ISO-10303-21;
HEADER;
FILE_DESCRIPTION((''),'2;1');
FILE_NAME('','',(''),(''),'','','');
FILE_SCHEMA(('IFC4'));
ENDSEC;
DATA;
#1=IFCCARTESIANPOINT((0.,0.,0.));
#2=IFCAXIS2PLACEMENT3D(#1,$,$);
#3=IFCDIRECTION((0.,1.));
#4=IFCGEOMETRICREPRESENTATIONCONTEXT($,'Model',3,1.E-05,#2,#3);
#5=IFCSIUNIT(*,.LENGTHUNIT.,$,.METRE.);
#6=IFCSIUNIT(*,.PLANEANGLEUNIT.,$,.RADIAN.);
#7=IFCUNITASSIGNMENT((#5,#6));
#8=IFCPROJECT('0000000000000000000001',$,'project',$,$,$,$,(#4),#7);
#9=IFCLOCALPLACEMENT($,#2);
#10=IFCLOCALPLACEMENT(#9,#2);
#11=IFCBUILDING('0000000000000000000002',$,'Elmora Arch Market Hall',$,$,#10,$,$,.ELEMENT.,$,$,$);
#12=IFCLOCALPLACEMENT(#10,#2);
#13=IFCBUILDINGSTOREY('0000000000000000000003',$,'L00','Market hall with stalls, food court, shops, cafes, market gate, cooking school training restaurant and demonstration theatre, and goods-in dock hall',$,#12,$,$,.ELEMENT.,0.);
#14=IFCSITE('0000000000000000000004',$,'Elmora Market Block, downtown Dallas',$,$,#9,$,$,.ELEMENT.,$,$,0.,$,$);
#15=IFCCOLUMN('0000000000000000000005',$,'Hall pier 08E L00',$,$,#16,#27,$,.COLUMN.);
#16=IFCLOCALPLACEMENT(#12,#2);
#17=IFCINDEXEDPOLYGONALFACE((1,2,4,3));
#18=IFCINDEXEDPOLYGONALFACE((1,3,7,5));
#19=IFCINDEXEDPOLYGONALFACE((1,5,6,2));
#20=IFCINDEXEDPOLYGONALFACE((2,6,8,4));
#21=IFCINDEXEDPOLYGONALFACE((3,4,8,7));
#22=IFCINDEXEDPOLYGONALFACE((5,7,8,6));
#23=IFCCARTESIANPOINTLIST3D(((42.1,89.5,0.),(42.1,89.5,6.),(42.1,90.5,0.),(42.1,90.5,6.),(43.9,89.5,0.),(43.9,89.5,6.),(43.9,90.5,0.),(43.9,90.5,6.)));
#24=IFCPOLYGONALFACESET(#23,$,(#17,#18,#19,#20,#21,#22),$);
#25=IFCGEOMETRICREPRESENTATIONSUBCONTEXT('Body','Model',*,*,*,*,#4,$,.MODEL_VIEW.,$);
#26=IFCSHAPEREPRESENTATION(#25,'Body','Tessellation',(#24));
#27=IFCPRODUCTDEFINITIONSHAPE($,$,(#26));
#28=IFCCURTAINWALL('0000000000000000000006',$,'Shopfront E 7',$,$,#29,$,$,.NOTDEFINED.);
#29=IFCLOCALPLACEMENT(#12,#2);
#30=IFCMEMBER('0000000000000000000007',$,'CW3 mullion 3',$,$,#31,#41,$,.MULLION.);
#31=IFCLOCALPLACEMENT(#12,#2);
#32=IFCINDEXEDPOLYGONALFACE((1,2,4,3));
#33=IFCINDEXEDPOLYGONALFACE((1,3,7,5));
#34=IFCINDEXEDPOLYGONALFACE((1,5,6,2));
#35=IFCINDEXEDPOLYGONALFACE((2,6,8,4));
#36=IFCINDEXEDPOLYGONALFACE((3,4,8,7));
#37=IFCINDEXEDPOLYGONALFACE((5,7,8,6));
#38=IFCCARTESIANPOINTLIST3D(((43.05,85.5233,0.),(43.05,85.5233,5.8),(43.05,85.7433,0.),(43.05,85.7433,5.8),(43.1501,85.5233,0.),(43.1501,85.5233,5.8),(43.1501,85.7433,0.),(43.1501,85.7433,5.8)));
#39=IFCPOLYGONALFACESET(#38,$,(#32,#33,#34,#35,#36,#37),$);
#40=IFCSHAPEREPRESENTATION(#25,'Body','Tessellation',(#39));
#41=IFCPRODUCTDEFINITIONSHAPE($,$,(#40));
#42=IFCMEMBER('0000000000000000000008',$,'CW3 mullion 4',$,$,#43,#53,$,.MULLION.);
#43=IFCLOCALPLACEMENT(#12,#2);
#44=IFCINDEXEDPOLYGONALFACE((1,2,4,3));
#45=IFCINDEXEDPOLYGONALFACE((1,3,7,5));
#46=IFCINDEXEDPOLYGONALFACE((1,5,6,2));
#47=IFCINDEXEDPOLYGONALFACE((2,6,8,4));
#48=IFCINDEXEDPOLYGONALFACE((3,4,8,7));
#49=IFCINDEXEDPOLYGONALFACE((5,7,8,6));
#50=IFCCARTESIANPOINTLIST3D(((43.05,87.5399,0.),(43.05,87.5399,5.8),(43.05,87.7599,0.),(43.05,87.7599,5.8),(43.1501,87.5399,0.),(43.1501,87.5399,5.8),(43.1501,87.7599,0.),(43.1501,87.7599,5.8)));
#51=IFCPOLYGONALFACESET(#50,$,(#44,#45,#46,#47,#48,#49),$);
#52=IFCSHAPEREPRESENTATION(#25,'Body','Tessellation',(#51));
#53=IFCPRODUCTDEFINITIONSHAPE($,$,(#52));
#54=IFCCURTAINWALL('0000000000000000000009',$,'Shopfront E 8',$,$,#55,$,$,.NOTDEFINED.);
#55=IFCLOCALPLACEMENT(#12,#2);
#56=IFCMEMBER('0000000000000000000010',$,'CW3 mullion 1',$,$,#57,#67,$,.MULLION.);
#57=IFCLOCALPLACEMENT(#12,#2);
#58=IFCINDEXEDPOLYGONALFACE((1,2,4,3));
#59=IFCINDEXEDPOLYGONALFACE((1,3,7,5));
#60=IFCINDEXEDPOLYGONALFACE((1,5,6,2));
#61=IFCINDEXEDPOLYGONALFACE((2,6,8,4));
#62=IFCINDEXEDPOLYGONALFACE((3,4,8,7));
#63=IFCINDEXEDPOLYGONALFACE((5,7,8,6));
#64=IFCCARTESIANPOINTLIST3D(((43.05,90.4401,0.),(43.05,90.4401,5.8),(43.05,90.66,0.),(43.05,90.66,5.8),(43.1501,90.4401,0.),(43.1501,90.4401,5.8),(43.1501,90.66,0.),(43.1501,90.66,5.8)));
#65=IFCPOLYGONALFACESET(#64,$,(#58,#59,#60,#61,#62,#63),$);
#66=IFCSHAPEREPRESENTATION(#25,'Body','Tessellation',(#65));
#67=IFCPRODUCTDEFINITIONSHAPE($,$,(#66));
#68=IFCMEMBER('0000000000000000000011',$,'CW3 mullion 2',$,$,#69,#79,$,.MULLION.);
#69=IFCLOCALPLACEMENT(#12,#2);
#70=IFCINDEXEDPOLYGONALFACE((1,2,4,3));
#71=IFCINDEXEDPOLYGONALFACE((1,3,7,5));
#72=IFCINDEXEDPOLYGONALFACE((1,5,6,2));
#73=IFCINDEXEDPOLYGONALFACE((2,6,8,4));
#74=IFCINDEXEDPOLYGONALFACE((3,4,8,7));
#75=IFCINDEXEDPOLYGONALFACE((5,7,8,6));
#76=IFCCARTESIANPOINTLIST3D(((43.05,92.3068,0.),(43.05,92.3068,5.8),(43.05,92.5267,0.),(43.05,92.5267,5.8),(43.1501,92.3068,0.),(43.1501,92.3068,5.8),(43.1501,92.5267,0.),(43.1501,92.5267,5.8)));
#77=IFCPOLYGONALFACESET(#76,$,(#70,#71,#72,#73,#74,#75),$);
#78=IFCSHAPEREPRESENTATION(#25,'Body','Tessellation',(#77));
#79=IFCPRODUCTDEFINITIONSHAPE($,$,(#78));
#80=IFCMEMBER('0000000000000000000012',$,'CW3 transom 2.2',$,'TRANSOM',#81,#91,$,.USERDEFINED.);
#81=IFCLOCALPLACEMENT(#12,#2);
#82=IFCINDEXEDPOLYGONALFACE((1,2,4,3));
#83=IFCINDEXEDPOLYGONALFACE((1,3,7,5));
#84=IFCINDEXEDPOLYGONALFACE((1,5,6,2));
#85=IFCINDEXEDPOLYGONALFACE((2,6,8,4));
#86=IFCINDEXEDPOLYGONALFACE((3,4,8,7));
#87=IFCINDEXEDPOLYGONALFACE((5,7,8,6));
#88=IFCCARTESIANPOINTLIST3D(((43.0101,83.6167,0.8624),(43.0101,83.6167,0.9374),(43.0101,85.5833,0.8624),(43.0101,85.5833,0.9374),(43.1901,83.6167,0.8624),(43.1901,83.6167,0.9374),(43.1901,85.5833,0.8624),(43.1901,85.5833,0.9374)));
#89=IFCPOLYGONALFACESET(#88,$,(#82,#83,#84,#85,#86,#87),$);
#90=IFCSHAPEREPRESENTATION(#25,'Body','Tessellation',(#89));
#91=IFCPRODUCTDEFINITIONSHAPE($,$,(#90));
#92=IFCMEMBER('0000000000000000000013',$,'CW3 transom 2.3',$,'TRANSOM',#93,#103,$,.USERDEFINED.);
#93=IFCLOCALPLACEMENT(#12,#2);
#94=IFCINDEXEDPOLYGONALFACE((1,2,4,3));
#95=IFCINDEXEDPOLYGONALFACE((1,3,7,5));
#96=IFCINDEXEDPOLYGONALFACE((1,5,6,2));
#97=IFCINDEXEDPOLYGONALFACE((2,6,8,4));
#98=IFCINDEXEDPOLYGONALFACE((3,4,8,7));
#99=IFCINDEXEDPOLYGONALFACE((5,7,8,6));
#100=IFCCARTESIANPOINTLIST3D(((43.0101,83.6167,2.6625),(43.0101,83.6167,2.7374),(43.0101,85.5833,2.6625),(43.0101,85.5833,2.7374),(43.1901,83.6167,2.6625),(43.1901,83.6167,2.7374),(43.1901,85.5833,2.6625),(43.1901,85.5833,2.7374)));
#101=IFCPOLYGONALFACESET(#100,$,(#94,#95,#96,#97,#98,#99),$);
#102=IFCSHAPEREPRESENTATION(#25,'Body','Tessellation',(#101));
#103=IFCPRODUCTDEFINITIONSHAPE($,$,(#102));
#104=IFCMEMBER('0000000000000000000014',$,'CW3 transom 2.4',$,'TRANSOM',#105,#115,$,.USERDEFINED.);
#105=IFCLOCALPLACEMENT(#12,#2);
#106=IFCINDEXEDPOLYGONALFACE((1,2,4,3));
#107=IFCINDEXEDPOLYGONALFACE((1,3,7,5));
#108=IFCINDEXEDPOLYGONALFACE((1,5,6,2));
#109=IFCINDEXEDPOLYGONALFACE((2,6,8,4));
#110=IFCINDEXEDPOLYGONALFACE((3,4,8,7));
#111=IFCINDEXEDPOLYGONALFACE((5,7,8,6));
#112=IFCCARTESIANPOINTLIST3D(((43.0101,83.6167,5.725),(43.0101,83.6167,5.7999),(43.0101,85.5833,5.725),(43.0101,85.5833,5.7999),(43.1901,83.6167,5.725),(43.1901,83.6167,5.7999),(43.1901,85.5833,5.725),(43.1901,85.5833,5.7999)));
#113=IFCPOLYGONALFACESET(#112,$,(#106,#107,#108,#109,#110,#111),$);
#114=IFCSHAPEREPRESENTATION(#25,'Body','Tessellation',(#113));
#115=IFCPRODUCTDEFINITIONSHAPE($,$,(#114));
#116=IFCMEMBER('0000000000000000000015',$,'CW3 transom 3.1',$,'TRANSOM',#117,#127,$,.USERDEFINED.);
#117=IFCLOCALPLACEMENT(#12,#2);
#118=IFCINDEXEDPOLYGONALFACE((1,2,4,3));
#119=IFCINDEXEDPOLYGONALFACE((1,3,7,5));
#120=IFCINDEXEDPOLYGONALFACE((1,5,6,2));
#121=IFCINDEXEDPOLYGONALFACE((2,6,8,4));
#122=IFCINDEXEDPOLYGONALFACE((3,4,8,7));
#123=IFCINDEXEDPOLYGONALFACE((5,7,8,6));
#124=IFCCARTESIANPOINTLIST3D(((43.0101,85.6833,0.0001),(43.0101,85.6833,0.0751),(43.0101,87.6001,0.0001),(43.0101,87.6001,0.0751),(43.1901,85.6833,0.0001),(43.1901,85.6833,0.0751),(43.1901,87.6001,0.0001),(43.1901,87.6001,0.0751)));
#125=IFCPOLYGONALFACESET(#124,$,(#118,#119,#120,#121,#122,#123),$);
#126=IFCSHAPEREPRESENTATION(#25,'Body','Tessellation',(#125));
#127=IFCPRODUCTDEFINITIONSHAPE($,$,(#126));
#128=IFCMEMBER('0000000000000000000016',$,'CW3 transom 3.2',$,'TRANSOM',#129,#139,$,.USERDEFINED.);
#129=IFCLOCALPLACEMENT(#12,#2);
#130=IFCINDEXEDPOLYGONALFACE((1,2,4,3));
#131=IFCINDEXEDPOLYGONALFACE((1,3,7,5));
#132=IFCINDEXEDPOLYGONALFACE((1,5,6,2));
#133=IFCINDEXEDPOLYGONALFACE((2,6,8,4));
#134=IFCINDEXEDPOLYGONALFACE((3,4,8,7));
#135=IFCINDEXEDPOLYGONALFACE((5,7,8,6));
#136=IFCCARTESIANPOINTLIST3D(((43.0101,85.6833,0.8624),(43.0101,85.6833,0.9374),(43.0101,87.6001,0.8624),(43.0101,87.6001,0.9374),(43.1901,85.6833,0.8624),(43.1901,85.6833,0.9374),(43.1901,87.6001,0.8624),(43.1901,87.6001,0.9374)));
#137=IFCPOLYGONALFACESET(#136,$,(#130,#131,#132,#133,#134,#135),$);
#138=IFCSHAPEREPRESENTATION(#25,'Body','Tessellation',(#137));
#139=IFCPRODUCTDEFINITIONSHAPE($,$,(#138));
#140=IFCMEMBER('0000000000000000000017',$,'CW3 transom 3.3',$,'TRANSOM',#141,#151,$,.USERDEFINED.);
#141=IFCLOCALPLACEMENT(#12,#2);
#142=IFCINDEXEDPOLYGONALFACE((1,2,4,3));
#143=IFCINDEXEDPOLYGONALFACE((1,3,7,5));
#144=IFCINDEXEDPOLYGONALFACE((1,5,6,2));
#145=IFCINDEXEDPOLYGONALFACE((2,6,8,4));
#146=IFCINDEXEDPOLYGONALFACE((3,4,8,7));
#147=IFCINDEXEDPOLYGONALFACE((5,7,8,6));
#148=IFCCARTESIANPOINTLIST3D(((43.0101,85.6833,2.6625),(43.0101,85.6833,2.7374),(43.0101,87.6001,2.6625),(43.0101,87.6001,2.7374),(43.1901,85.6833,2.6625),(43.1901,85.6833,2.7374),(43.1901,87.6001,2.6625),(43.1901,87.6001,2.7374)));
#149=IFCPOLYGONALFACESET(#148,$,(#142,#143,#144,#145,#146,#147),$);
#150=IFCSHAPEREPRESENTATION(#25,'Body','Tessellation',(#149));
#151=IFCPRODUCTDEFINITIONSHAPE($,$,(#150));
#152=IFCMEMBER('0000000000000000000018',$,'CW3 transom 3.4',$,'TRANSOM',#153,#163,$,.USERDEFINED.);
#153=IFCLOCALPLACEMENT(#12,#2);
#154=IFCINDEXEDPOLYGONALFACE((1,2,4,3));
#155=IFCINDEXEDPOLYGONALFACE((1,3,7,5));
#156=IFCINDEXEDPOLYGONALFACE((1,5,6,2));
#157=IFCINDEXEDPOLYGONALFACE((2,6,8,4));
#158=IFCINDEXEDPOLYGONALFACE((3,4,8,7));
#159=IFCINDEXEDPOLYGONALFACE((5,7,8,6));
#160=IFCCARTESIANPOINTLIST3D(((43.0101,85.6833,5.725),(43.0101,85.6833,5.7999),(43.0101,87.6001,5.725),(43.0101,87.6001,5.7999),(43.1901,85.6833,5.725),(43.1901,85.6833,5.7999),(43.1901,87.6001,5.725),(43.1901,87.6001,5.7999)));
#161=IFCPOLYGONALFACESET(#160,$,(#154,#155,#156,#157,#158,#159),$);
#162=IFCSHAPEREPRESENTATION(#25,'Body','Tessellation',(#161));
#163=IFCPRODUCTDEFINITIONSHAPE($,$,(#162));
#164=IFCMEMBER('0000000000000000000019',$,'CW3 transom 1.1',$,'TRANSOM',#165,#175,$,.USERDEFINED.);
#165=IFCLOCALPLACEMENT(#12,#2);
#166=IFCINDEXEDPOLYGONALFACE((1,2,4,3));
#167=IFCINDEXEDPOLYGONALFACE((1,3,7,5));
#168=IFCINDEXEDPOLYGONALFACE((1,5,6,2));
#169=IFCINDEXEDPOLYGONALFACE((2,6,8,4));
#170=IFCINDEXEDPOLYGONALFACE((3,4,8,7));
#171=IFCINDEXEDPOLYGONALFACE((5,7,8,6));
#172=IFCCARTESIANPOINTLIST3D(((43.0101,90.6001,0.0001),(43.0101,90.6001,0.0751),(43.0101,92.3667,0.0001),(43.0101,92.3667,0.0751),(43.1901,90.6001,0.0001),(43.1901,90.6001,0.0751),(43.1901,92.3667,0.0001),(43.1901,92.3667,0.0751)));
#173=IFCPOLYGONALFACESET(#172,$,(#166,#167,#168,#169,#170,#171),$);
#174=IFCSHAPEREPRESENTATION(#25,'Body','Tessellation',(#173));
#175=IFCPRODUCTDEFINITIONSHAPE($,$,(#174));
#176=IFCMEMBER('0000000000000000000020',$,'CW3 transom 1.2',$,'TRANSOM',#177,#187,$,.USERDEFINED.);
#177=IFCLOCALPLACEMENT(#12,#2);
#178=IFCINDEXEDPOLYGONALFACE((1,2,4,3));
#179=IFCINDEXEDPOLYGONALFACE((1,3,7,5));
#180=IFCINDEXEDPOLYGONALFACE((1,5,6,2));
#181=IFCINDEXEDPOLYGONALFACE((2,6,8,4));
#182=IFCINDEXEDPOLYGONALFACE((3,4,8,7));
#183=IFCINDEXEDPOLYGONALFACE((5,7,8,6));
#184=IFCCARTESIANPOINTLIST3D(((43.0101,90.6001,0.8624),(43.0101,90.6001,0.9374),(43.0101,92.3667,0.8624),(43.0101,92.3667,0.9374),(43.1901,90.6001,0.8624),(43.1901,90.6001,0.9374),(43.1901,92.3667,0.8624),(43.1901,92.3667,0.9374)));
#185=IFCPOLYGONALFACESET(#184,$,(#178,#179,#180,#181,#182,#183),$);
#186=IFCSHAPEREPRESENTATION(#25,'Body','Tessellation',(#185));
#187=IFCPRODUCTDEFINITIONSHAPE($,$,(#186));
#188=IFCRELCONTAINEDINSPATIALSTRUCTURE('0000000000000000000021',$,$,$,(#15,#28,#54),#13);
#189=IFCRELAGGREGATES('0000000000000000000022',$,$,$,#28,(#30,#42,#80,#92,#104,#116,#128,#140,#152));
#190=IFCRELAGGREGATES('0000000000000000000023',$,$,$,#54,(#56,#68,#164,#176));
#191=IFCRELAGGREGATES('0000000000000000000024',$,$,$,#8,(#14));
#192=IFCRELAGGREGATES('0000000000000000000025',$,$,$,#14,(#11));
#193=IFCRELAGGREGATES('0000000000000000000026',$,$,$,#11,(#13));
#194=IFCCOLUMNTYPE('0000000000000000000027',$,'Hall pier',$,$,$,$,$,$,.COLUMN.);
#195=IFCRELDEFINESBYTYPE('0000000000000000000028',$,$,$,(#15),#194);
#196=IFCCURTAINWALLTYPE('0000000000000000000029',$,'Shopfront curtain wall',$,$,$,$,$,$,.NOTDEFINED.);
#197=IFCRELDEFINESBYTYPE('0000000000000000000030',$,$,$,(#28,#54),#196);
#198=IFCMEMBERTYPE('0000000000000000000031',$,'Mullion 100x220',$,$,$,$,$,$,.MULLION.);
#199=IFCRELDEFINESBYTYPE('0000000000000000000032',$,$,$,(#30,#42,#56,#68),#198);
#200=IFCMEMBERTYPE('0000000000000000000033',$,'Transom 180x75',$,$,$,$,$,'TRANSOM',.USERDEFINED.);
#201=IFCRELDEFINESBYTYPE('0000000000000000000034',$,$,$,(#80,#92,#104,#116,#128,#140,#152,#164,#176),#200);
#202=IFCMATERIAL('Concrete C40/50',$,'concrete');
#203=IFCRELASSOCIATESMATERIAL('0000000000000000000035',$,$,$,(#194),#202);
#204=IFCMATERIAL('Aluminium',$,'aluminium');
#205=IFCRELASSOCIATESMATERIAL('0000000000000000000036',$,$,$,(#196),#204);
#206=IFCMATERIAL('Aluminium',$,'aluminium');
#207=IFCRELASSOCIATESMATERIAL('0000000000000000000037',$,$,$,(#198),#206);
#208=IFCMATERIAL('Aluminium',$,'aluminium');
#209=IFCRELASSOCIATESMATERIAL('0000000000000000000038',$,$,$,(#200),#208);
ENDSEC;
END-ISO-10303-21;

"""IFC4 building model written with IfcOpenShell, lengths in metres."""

from ifc_helpers import new_model, si_unit, direction, frame, origin, origin_2d, place, context, subcontext, project, spatial, rectangle, extrude, material, material_profile, profile_set, type_object, element, aggregate, save


model = new_model("IFC4")

# Units and contexts
model_context = context("Model", 3, precision=1e-05, world=origin(), true_north=direction((0.0, 1.0)))
body_context = subcontext(model_context, "Body", "Model", "MODEL_VIEW")
ifc_project = project(units=[si_unit("LENGTHUNIT", "METRE"), si_unit("PLANEANGLEUNIT", "RADIAN")], contexts=[model_context])

# Site, building, storey
site_placement = place(None, origin())
site = spatial("IfcSite", under=ifc_project, at=site_placement, Name="Elmora Market Block, downtown Dallas", CompositionType="ELEMENT", RefElevation=0.0)
building_placement = place(site_placement, origin())
building = spatial("IfcBuilding", under=site, at=building_placement, Name="Elmora Arch Market Hall", CompositionType="ELEMENT")
storey_placement = place(building_placement, origin())
storey = spatial("IfcBuildingStorey", under=building, at=storey_placement, Name="L00", Description="Market hall with stalls, food court, shops, cafes, market gate, cooking school training restaurant and demonstration theatre, and goods-in dock hall", CompositionType="ELEMENT", Elevation=0.0)

# Column
ifc_material_1 = material(Name="Concrete C40/50", Category="concrete")
ifc_material_profile_1 = material_profile(ifc_material_1, rectangle(XDim=1.8, YDim=1.0, at=origin_2d()), Name="Hall pier")
ifc_profile_set_1 = profile_set([ifc_material_profile_1], Name="Concrete C40/50")
column_type = type_object("IfcColumnType", Name="Hall pier", PredefinedType="COLUMN", material=ifc_profile_set_1)
column_placement = place(storey_placement, frame((43.0, 90.0, 0.0), z_axis=(0.0, 0.0, 1.0), x_axis=(1.0, 0.0, 0.0)))
element("IfcColumn", 1, at=column_placement, inside=storey, type_object=column_type, Name="Hall pier 08E L00", PredefinedType="COLUMN", context=body_context, shape_type="SweptSolid", body=[
    extrude(rectangle(XDim=1.8, YDim=1.0, at=origin_2d()), origin(), (0.0, 0.0, 1.0), 6.0),
])

# Curtain walls, members
ifc_material_2 = material(Name="Aluminium", Category="aluminium")
curtain_wall_type = type_object("IfcCurtainWallType", Name="Shopfront curtain wall", PredefinedType="NOTDEFINED", material=ifc_material_2)
curtain_wall_1_placement = place(storey_placement, origin())
curtain_wall_1 = element("IfcCurtainWall", 2, at=curtain_wall_1_placement, inside=storey, type_object=curtain_wall_type, Name="Shopfront E 7", PredefinedType="NOTDEFINED")
ifc_material_3 = material(Name="Aluminium", Category="aluminium")
ifc_material_profile_2 = material_profile(ifc_material_3, rectangle(XDim=0.1001, YDim=0.22, at=origin_2d()), Name="AL 100x220")
ifc_profile_set_2 = profile_set([ifc_material_profile_2], Name="Aluminium")
member_type_1 = type_object("IfcMemberType", Name="Mullion 100x220", PredefinedType="MULLION", material=ifc_profile_set_2)
member_1_placement = place(storey_placement, frame((43.1001, 85.6333, 0.0), z_axis=(0.0, 0.0, 1.0), x_axis=(-1.0, 0.0, 0.0)))
member_1 = element("IfcMember", 3, at=member_1_placement, type_object=member_type_1, Name="CW3 mullion 3", PredefinedType="MULLION", context=body_context, shape_type="SweptSolid", body=[
    extrude(rectangle(XDim=0.1001, YDim=0.22, at=origin_2d()), origin(), (0.0, 0.0, 1.0), 5.8),
])
member_2_placement = place(storey_placement, frame((43.1001, 87.6499, 0.0), z_axis=(0.0, 0.0, 1.0), x_axis=(-1.0, 0.0, 0.0)))
member_2 = element("IfcMember", 4, at=member_2_placement, type_object=member_type_1, Name="CW3 mullion 4", PredefinedType="MULLION", context=body_context, shape_type="SweptSolid", body=[
    extrude(rectangle(XDim=0.1001, YDim=0.22, at=origin_2d()), origin(), (0.0, 0.0, 1.0), 5.8),
])
curtain_wall_2_placement = place(storey_placement, origin())
curtain_wall_2 = element("IfcCurtainWall", 5, at=curtain_wall_2_placement, inside=storey, type_object=curtain_wall_type, Name="Shopfront E 8", PredefinedType="NOTDEFINED")
member_3_placement = place(storey_placement, frame((43.1001, 90.55, 0.0), z_axis=(0.0, 0.0, 1.0), x_axis=(-1.0, 0.0, 0.0)))
member_3 = element("IfcMember", 6, at=member_3_placement, type_object=member_type_1, Name="CW3 mullion 1", PredefinedType="MULLION", context=body_context, shape_type="SweptSolid", body=[
    extrude(rectangle(XDim=0.1001, YDim=0.22, at=origin_2d()), origin(), (0.0, 0.0, 1.0), 5.8),
])
member_4_placement = place(storey_placement, frame((43.1001, 92.4167, 0.0), z_axis=(0.0, 0.0, 1.0), x_axis=(-1.0, 0.0, 0.0)))
member_4 = element("IfcMember", 7, at=member_4_placement, type_object=member_type_1, Name="CW3 mullion 2", PredefinedType="MULLION", context=body_context, shape_type="SweptSolid", body=[
    extrude(rectangle(XDim=0.1001, YDim=0.22, at=origin_2d()), origin(), (0.0, 0.0, 1.0), 5.8),
])

# Members
ifc_material_4 = material(Name="Aluminium", Category="aluminium")
ifc_material_profile_3 = material_profile(ifc_material_4, rectangle(XDim=0.1799, YDim=0.075, at=origin_2d()), Name="AL 180x75")
ifc_profile_set_3 = profile_set([ifc_material_profile_3], Name="Aluminium")
member_type_2 = type_object("IfcMemberType", Name="Transom 180x75", ElementType="TRANSOM", PredefinedType="USERDEFINED", material=ifc_profile_set_3)
member_5_placement = place(storey_placement, frame((43.1001, 83.6167, 0.8999), z_axis=(0.0, 1.0, 0.0), x_axis=(-1.0, 0.0, 0.0)))
member_5 = element("IfcMember", 8, at=member_5_placement, type_object=member_type_2, Name="CW3 transom 2.2", ObjectType="TRANSOM", PredefinedType="USERDEFINED", context=body_context, shape_type="SweptSolid", body=[
    extrude(rectangle(XDim=0.1799, YDim=0.075, at=origin_2d()), origin(), (0.0, 0.0, 1.0), 1.9666),
])
member_6_placement = place(storey_placement, frame((43.1001, 83.6167, 2.7), z_axis=(0.0, 1.0, 0.0), x_axis=(-1.0, 0.0, 0.0)))
member_6 = element("IfcMember", 9, at=member_6_placement, type_object=member_type_2, Name="CW3 transom 2.3", ObjectType="TRANSOM", PredefinedType="USERDEFINED", context=body_context, shape_type="SweptSolid", body=[
    extrude(rectangle(XDim=0.1799, YDim=0.075, at=origin_2d()), origin(), (0.0, 0.0, 1.0), 1.9666),
])
member_7_placement = place(storey_placement, frame((43.1001, 83.6167, 5.7625), z_axis=(0.0, 1.0, 0.0), x_axis=(-1.0, 0.0, 0.0)))
member_7 = element("IfcMember", 10, at=member_7_placement, type_object=member_type_2, Name="CW3 transom 2.4", ObjectType="TRANSOM", PredefinedType="USERDEFINED", context=body_context, shape_type="SweptSolid", body=[
    extrude(rectangle(XDim=0.1799, YDim=0.075, at=origin_2d()), origin(), (0.0, 0.0, 1.0), 1.9666),
])
member_8_placement = place(storey_placement, frame((43.1001, 85.6833, 0.0376), z_axis=(0.0, 1.0, 0.0), x_axis=(-1.0, 0.0, 0.0)))
member_8 = element("IfcMember", 11, at=member_8_placement, type_object=member_type_2, Name="CW3 transom 3.1", ObjectType="TRANSOM", PredefinedType="USERDEFINED", context=body_context, shape_type="SweptSolid", body=[
    extrude(rectangle(XDim=0.1799, YDim=0.075, at=origin_2d()), origin(), (0.0, 0.0, 1.0), 1.9167),
])
member_9_placement = place(storey_placement, frame((43.1001, 85.6833, 0.8999), z_axis=(0.0, 1.0, 0.0), x_axis=(-1.0, 0.0, 0.0)))
member_9 = element("IfcMember", 12, at=member_9_placement, type_object=member_type_2, Name="CW3 transom 3.2", ObjectType="TRANSOM", PredefinedType="USERDEFINED", context=body_context, shape_type="SweptSolid", body=[
    extrude(rectangle(XDim=0.1799, YDim=0.075, at=origin_2d()), origin(), (0.0, 0.0, 1.0), 1.9167),
])
member_10_placement = place(storey_placement, frame((43.1001, 85.6833, 2.7), z_axis=(0.0, 1.0, 0.0), x_axis=(-1.0, 0.0, 0.0)))
member_10 = element("IfcMember", 13, at=member_10_placement, type_object=member_type_2, Name="CW3 transom 3.3", ObjectType="TRANSOM", PredefinedType="USERDEFINED", context=body_context, shape_type="SweptSolid", body=[
    extrude(rectangle(XDim=0.1799, YDim=0.075, at=origin_2d()), origin(), (0.0, 0.0, 1.0), 1.9167),
])
member_11_placement = place(storey_placement, frame((43.1001, 85.6833, 5.7625), z_axis=(0.0, 1.0, 0.0), x_axis=(-1.0, 0.0, 0.0)))
member_11 = element("IfcMember", 14, at=member_11_placement, type_object=member_type_2, Name="CW3 transom 3.4", ObjectType="TRANSOM", PredefinedType="USERDEFINED", context=body_context, shape_type="SweptSolid", body=[
    extrude(rectangle(XDim=0.1799, YDim=0.075, at=origin_2d()), origin(), (0.0, 0.0, 1.0), 1.9167),
])
member_12_placement = place(storey_placement, frame((43.1001, 90.6001, 0.0376), z_axis=(0.0, 1.0, 0.0), x_axis=(-1.0, 0.0, 0.0)))
member_12 = element("IfcMember", 15, at=member_12_placement, type_object=member_type_2, Name="CW3 transom 1.1", ObjectType="TRANSOM", PredefinedType="USERDEFINED", context=body_context, shape_type="SweptSolid", body=[
    extrude(rectangle(XDim=0.1799, YDim=0.075, at=origin_2d()), origin(), (0.0, 0.0, 1.0), 1.7666),
])
member_13_placement = place(storey_placement, frame((43.1001, 90.6001, 0.8999), z_axis=(0.0, 1.0, 0.0), x_axis=(-1.0, 0.0, 0.0)))
member_13 = element("IfcMember", 16, at=member_13_placement, type_object=member_type_2, Name="CW3 transom 1.2", ObjectType="TRANSOM", PredefinedType="USERDEFINED", context=body_context, shape_type="SweptSolid", body=[
    extrude(rectangle(XDim=0.1799, YDim=0.075, at=origin_2d()), origin(), (0.0, 0.0, 1.0), 1.7666),
])

aggregate(curtain_wall_1, [member_1, member_2, member_5, member_6, member_7, member_8, member_9, member_10, member_11])
aggregate(curtain_wall_2, [member_3, member_4, member_12, member_13])

save(model, "model.ifc")
